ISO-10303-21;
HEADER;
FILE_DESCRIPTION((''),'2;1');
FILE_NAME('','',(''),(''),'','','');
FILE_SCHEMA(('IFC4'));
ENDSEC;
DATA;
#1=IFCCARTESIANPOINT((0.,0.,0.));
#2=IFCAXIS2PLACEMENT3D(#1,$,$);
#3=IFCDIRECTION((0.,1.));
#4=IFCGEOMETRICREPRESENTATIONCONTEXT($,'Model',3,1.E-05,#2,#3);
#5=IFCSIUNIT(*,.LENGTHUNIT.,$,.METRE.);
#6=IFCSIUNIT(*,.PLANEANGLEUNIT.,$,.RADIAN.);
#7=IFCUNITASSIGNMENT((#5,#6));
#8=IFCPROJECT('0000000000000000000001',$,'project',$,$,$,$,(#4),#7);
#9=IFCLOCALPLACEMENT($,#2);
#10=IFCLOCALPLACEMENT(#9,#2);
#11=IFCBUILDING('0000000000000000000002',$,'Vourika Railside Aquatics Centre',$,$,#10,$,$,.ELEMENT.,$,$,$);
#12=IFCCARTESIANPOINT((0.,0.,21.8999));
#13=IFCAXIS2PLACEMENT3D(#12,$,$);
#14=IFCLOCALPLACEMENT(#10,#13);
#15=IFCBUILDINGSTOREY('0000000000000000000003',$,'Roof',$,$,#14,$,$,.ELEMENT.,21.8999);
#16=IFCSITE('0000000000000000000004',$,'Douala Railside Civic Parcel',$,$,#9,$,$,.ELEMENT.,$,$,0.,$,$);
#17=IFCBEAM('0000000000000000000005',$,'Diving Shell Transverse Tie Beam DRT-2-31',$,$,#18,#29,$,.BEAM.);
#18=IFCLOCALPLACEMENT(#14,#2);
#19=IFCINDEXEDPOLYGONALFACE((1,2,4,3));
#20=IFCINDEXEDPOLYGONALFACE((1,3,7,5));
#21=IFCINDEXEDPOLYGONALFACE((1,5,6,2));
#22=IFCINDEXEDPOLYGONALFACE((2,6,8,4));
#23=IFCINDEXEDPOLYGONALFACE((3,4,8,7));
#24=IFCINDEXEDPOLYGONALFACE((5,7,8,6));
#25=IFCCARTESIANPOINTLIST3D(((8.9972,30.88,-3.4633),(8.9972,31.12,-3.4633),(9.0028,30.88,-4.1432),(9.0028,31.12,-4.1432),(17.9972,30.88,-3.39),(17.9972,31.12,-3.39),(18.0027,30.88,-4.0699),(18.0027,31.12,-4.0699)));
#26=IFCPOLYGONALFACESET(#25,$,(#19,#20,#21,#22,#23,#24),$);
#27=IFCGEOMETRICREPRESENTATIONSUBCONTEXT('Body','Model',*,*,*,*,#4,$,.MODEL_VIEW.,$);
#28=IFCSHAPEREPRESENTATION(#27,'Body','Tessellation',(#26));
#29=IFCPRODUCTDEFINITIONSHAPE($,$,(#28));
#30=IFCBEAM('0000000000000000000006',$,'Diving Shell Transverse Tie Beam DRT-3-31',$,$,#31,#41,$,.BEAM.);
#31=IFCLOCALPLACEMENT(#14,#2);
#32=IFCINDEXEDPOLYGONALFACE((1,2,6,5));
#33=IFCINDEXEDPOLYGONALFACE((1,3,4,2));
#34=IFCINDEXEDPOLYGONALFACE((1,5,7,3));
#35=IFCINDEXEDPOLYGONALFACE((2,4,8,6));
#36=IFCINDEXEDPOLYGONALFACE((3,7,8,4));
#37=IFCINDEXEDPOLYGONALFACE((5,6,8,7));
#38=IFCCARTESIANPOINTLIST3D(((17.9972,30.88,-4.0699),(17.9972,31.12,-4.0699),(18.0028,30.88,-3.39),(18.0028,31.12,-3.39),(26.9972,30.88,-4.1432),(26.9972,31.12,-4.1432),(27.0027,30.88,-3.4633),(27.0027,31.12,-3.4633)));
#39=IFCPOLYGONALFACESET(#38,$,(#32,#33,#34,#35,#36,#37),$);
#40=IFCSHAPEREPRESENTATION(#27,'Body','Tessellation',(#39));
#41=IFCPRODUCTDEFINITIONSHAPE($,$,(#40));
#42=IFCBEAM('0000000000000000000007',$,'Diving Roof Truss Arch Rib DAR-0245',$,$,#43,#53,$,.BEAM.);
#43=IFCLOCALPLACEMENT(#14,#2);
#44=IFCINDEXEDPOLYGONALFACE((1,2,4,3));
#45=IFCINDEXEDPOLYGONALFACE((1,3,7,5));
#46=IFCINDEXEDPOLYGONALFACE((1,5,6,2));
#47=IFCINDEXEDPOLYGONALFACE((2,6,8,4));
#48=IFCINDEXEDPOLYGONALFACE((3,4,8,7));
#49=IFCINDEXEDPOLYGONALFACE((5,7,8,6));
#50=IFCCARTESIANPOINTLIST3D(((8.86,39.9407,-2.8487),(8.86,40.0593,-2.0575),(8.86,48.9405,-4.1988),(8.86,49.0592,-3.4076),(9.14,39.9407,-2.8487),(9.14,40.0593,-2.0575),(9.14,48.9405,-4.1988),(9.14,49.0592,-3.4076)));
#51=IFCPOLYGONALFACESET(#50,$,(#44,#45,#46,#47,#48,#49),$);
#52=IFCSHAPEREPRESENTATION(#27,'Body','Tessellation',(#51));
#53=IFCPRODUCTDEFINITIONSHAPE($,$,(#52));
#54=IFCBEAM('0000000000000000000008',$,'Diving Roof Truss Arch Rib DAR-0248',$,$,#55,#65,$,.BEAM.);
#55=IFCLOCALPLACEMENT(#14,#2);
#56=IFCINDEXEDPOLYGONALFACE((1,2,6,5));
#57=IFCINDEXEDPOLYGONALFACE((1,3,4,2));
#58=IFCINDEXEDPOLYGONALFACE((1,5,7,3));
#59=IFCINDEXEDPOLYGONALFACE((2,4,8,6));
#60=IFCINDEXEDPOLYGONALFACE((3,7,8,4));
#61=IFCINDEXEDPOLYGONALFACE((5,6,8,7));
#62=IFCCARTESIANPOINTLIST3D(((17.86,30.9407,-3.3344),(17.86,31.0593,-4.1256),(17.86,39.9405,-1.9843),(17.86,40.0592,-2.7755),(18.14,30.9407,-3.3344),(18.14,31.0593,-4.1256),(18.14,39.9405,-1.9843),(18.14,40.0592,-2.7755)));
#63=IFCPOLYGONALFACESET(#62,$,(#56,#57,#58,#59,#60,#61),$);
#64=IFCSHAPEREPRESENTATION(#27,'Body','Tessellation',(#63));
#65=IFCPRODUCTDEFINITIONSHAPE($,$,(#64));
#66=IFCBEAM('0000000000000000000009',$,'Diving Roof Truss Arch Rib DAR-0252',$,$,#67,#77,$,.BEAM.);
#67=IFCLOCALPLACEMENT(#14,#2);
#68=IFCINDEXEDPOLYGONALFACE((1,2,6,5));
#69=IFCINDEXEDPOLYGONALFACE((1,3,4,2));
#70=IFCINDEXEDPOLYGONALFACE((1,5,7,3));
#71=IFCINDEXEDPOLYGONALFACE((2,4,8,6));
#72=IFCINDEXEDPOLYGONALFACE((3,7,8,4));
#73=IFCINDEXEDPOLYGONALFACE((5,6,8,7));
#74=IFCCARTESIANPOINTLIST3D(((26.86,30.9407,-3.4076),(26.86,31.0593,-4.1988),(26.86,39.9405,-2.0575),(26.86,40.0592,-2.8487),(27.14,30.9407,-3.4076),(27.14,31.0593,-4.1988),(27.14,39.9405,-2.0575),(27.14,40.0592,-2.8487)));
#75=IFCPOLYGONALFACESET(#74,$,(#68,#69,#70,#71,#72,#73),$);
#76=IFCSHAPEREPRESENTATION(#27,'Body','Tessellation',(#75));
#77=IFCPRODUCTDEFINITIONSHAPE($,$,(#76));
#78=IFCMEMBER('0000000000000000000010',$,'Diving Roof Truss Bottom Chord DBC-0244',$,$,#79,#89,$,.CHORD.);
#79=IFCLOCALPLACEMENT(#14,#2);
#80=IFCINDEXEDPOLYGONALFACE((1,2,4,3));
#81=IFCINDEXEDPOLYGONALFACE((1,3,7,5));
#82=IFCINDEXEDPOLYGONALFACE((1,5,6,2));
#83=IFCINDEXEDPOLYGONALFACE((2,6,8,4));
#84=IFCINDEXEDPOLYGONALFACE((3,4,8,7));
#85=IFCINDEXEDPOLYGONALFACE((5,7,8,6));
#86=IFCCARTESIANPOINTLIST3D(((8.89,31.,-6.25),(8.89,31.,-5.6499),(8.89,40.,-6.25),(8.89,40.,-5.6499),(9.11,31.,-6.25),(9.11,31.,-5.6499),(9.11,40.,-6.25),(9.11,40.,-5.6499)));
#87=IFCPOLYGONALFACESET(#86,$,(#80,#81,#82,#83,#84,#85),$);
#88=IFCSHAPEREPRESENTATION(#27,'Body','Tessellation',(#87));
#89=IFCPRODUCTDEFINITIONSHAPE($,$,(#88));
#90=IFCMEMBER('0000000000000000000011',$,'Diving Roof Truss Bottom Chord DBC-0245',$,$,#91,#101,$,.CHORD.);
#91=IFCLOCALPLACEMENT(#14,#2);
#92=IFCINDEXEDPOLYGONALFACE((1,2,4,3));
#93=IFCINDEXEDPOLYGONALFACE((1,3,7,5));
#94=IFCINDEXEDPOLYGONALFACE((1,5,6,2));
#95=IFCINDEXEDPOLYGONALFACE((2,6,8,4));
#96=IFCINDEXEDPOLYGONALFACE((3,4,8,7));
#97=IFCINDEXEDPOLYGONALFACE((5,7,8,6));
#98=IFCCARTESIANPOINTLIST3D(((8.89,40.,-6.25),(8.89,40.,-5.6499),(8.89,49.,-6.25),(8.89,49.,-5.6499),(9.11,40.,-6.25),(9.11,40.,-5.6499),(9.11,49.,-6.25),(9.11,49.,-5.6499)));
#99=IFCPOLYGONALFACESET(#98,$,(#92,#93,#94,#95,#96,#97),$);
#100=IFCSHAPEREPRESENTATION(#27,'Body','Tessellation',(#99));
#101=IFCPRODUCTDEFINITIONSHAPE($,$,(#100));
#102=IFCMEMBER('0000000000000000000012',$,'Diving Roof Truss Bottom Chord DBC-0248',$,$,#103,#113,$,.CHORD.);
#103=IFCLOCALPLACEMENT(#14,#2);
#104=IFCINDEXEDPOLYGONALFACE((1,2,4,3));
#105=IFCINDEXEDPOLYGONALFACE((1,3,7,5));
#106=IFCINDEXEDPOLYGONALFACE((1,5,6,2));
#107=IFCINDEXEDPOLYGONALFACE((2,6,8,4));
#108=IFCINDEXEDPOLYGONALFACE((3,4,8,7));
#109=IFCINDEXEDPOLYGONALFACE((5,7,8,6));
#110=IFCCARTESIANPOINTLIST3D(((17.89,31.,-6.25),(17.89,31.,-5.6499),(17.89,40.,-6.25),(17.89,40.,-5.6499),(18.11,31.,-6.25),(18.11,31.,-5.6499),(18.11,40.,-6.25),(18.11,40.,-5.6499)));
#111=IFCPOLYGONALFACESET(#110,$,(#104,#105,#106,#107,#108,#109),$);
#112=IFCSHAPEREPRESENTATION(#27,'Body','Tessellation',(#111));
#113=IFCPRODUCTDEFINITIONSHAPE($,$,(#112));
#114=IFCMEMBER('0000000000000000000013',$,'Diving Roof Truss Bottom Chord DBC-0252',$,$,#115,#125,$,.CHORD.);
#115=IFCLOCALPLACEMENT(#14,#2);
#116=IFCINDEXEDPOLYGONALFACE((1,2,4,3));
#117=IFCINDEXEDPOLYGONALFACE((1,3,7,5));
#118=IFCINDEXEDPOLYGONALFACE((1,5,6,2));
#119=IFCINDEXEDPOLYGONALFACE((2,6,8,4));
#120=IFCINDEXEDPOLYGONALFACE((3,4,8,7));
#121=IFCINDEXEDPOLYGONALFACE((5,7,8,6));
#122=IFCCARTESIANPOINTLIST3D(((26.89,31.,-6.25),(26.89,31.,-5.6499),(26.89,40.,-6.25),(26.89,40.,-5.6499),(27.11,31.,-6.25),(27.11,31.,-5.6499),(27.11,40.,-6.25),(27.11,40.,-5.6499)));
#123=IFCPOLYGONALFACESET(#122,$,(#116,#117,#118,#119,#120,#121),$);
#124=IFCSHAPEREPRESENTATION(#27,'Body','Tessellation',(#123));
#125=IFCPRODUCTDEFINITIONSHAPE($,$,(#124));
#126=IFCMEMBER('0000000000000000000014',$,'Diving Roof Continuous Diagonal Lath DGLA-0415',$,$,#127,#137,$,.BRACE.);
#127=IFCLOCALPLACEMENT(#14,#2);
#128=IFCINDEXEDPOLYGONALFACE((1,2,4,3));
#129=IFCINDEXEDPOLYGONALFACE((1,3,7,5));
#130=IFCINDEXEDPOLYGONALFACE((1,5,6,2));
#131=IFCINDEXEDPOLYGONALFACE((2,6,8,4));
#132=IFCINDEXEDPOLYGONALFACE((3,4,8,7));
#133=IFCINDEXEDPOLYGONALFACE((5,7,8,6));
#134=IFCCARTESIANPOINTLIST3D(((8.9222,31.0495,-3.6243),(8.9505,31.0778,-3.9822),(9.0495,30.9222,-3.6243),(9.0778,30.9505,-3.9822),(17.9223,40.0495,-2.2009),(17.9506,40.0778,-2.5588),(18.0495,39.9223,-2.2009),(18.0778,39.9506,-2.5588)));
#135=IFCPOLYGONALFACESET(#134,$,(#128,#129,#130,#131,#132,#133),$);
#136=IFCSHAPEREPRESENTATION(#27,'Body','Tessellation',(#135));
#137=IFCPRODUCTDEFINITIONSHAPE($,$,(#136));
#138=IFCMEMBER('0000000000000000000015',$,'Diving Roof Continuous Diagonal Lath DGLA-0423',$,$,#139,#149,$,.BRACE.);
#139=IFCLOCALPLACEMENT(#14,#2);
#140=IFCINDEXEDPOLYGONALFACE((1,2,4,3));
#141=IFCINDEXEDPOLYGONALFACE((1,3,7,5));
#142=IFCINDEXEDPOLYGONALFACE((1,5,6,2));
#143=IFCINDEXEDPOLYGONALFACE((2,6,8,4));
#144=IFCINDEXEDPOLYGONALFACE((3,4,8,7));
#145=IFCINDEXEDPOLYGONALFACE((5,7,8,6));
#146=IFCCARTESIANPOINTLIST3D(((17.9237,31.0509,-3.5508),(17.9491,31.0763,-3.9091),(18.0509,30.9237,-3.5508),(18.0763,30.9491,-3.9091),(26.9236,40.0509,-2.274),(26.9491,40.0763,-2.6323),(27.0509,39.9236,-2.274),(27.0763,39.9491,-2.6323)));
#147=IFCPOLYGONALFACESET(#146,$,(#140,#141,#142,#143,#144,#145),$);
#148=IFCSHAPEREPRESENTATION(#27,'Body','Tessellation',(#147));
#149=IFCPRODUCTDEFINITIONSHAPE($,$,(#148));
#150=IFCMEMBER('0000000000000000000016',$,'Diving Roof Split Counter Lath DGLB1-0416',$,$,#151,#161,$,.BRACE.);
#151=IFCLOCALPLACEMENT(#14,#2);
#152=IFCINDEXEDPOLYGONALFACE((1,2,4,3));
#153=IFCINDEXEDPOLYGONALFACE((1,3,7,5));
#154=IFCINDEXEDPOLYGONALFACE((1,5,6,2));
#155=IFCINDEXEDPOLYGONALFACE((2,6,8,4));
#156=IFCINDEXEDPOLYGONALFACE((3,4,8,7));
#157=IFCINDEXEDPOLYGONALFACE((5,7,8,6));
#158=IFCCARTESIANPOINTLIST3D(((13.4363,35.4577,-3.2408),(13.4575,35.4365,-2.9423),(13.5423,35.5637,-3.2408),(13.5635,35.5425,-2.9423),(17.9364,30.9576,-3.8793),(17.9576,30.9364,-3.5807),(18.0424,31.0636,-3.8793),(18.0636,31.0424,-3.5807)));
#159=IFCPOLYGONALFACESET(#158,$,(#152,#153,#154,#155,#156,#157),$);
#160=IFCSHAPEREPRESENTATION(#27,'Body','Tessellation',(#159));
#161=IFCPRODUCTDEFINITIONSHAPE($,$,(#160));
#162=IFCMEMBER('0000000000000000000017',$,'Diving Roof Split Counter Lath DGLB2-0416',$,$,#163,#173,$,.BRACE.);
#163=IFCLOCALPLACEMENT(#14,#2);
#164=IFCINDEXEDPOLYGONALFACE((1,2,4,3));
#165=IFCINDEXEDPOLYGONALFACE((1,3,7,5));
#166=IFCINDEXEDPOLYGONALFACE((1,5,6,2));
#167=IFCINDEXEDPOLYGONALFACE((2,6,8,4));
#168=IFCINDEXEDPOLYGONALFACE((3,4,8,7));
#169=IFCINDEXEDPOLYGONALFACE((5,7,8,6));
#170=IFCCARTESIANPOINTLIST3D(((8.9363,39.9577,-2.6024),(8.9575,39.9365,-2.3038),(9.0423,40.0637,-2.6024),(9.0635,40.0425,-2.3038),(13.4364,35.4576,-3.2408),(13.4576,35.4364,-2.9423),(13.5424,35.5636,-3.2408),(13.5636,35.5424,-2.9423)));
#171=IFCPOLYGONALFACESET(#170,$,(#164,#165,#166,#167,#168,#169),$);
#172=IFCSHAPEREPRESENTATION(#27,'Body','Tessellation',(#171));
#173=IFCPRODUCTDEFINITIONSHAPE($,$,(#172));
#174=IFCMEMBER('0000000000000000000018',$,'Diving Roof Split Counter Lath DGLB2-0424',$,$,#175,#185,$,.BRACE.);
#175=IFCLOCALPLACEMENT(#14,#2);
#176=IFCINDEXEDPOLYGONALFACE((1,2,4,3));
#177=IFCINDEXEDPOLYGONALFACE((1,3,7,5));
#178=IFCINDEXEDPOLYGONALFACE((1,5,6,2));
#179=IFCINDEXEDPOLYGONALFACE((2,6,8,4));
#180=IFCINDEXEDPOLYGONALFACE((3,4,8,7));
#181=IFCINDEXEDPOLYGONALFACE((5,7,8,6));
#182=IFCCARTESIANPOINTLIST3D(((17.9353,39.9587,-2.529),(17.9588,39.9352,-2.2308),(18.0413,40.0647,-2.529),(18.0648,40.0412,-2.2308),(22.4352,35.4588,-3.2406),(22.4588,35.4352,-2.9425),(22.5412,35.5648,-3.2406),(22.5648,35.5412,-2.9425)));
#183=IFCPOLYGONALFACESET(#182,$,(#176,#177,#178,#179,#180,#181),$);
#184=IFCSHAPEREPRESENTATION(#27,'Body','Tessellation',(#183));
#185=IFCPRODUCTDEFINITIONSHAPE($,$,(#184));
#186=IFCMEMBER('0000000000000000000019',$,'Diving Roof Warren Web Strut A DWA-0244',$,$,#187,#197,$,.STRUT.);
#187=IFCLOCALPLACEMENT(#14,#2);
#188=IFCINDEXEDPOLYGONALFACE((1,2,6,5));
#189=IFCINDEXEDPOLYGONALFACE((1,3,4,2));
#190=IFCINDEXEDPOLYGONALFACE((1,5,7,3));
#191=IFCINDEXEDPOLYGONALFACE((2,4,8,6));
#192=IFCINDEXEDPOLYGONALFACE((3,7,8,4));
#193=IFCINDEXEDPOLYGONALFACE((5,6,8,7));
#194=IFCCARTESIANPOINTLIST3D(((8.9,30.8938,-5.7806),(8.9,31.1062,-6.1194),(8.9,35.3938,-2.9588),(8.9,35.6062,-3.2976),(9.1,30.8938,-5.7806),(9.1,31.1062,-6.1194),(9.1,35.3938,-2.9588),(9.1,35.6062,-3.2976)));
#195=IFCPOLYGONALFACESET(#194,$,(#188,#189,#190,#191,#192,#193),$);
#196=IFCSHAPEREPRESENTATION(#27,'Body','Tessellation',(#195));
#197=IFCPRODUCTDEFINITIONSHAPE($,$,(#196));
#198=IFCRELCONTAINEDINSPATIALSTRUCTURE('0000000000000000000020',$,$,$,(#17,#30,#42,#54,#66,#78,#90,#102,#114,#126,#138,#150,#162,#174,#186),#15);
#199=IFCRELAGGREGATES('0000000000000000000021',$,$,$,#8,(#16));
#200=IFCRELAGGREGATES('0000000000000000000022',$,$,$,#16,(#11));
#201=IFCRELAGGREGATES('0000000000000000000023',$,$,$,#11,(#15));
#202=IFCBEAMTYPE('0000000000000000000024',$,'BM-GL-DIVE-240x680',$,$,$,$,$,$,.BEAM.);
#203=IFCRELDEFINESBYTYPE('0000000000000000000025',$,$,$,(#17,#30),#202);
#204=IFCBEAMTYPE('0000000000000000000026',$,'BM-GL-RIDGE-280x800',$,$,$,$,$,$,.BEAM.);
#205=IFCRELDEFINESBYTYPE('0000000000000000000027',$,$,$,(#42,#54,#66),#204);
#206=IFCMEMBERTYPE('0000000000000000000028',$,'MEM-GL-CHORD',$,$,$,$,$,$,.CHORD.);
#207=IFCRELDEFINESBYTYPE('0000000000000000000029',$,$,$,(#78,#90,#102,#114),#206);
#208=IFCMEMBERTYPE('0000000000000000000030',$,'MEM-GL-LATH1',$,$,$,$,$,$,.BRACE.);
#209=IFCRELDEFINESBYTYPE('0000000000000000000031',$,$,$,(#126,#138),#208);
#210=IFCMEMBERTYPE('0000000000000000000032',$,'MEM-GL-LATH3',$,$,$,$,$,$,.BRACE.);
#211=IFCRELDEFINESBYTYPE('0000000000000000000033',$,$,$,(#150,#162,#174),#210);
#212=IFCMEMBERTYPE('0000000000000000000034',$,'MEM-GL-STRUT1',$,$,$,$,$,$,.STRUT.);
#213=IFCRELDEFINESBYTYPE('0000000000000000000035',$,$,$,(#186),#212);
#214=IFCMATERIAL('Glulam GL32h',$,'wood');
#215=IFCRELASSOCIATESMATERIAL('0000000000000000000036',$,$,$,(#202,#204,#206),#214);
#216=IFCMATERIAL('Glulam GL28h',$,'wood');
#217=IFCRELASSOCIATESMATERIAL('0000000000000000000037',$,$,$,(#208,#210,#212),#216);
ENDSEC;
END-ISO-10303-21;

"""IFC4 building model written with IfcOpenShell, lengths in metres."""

from ifc_helpers import new_model, si_unit, direction, frame, origin, origin_2d, place, context, subcontext, project, spatial, rectangle, extrude, material, material_profile, profile_set, type_object, element, save


model = new_model("IFC4")

# Units and contexts
model_context = context("Model", 3, precision=1e-05, world=origin(), true_north=direction((0.0, 1.0)))
body_context = subcontext(model_context, "Body", "Model", "MODEL_VIEW")
ifc_project = project(units=[si_unit("LENGTHUNIT", "METRE"), si_unit("PLANEANGLEUNIT", "RADIAN")], contexts=[model_context])

# Site, building, storey
site_placement = place(None, origin())
site = spatial("IfcSite", under=ifc_project, at=site_placement, Name="Douala Railside Civic Parcel", CompositionType="ELEMENT", RefElevation=0.0)
building_placement = place(site_placement, origin())
building = spatial("IfcBuilding", under=site, at=building_placement, Name="Vourika Railside Aquatics Centre", CompositionType="ELEMENT")
storey_placement = place(building_placement, frame((0.0, 0.0, 21.8999)))
storey = spatial("IfcBuildingStorey", under=building, at=storey_placement, Name="Roof", CompositionType="ELEMENT", Elevation=21.8999)

# Beams
ifc_material_1 = material(Name="Glulam GL32h", Category="wood")
ifc_material_profile_1 = material_profile(ifc_material_1, rectangle(XDim=0.24, YDim=0.6799, at=origin_2d()), Name="GL32h 240x680")
ifc_profile_set_1 = profile_set([ifc_material_profile_1], Name="Glulam GL32h")
beam_type_1 = type_object("IfcBeamType", Name="BM-GL-DIVE-240x680", PredefinedType="BEAM", material=ifc_profile_set_1)
for number, where, z_axis, x_axis, name in (
    (1, (9.0, 31.0, -3.8032), (0.999967, 0.0, 0.008138), (0.0, 1.0, 0.0), "Diving Shell Transverse Tie Beam DRT-2-31"),
    (2, (18.0, 31.0, -3.73), (0.999967, 0.0, -0.008138), (0.0, 1.0, 0.0), "Diving Shell Transverse Tie Beam DRT-3-31"),
):
    element("IfcBeam", number, at=place(storey_placement, frame(where, z_axis=z_axis, x_axis=x_axis)), inside=storey, type_object=beam_type_1, Name=name, PredefinedType="BEAM", context=body_context, shape_type="SweptSolid", body=[
        extrude(rectangle(XDim=0.24, YDim=0.6799, at=origin_2d()), origin(), (0.0, 0.0, 1.0), 9.0002),
    ])
ifc_material_profile_2 = material_profile(ifc_material_1, rectangle(XDim=0.28, YDim=0.8, at=origin_2d()), Name="GL32h 280x800")
ifc_profile_set_2 = profile_set([ifc_material_profile_2], Name="Glulam GL32h")
beam_type_2 = type_object("IfcBeamType", Name="BM-GL-RIDGE-280x800", PredefinedType="BEAM", material=ifc_profile_set_2)
for number, where, z_axis, x_axis, name in (
    (3, (9.0, 40.0, -2.4531), (0.0, 0.988935, -0.148351), (-1.0, 0.0, 0.0), "Diving Roof Truss Arch Rib DAR-0245"),
    (4, (18.0, 31.0, -3.73), (0.0, 0.988935, 0.148351), (-1.0, 0.0, 0.0), "Diving Roof Truss Arch Rib DAR-0248"),
    (5, (27.0, 31.0, -3.8032), (0.0, 0.988935, 0.148351), (-1.0, 0.0, 0.0), "Diving Roof Truss Arch Rib DAR-0252"),
):
    element("IfcBeam", number, at=place(storey_placement, frame(where, z_axis=z_axis, x_axis=x_axis)), inside=storey, type_object=beam_type_2, Name=name, PredefinedType="BEAM", context=body_context, shape_type="SweptSolid", body=[
        extrude(rectangle(XDim=0.28, YDim=0.8, at=origin_2d()), origin(), (0.0, 0.0, 1.0), 9.1006),
    ])

# Members
ifc_material_profile_3 = material_profile(ifc_material_1, rectangle(XDim=0.22, YDim=0.6001, at=origin_2d()), Name="GL32h 220x600")
ifc_profile_set_3 = profile_set([ifc_material_profile_3], Name="Glulam GL32h")
member_type_1 = type_object("IfcMemberType", Name="MEM-GL-CHORD", PredefinedType="CHORD", material=ifc_profile_set_3)
for number, where, z_axis, x_axis, name in (
    (6, (9.0, 31.0, -5.95), (0.0, 1.0, 0.0), (-1.0, 0.0, 0.0), "Diving Roof Truss Bottom Chord DBC-0244"),
    (7, (9.0, 40.0, -5.95), (0.0, 1.0, 0.0), (-1.0, 0.0, 0.0), "Diving Roof Truss Bottom Chord DBC-0245"),
    (8, (18.0, 31.0, -5.95), (0.0, 1.0, 0.0), (-1.0, 0.0, 0.0), "Diving Roof Truss Bottom Chord DBC-0248"),
    (9, (27.0, 31.0, -5.95), (0.0, 1.0, 0.0), (-1.0, 0.0, 0.0), "Diving Roof Truss Bottom Chord DBC-0252"),
):
    element("IfcMember", number, at=place(storey_placement, frame(where, z_axis=z_axis, x_axis=x_axis)), inside=storey, type_object=member_type_1, Name=name, PredefinedType="CHORD", context=body_context, shape_type="SweptSolid", body=[
        extrude(rectangle(XDim=0.22, YDim=0.6001, at=origin_2d()), origin(), (0.0, 0.0, 1.0), 9.0),
    ])
ifc_material_2 = material(Name="Glulam GL28h", Category="wood")
ifc_material_profile_4 = material_profile(ifc_material_2, rectangle(XDim=0.1799, YDim=0.3601, at=origin_2d()), Name="GL28h 180x360")
ifc_profile_set_4 = profile_set([ifc_material_profile_4], Name="Glulam GL28h")
member_type_2 = type_object("IfcMemberType", Name="MEM-GL-LATH1", PredefinedType="BRACE", material=ifc_profile_set_4)
member_1_placement = place(storey_placement, frame((9.0, 31.0, -3.8032), z_axis=(0.702726, 0.702726, 0.111135), x_axis=(-0.707107, 0.707107, 0.0)))
element("IfcMember", 10, at=member_1_placement, inside=storey, type_object=member_type_2, Name="Diving Roof Continuous Diagonal Lath DGLA-0415", PredefinedType="BRACE", context=body_context, shape_type="SweptSolid", body=[
    extrude(rectangle(XDim=0.1799, YDim=0.3601, at=origin_2d()), origin(), (0.0, 0.0, 1.0), 12.8074),
])
member_2_placement = place(storey_placement, frame((18.0, 31.0, -3.73), z_axis=(0.703575, 0.703575, 0.099818), x_axis=(-0.707107, 0.707107, 0.0)))
element("IfcMember", 11, at=member_2_placement, inside=storey, type_object=member_type_2, Name="Diving Roof Continuous Diagonal Lath DGLA-0423", PredefinedType="BRACE", context=body_context, shape_type="SweptSolid", body=[
    extrude(rectangle(XDim=0.1799, YDim=0.3601, at=origin_2d()), origin(), (0.0, 0.0, 1.0), 12.7917),
])
ifc_material_profile_5 = material_profile(ifc_material_2, rectangle(XDim=0.1499, YDim=0.3, at=origin_2d()), Name="GL28h 150x300")
ifc_profile_set_5 = profile_set([ifc_material_profile_5], Name="Glulam GL28h")
member_type_3 = type_object("IfcMemberType", Name="MEM-GL-LATH3", PredefinedType="BRACE", material=ifc_profile_set_5)
for number, where, z_axis, x_axis, name in (
    (12, (18.0, 31.0, -3.73), (-0.703575, 0.703575, 0.099818), (-0.707107, -0.707107, 0.0), "Diving Roof Split Counter Lath DGLB1-0416"),
    (13, (13.5, 35.5, -3.0916), (-0.703575, 0.703575, 0.099818), (-0.707107, -0.707107, 0.0), "Diving Roof Split Counter Lath DGLB2-0416"),
):
    element("IfcMember", number, at=place(storey_placement, frame(where, z_axis=z_axis, x_axis=x_axis)), inside=storey, type_object=member_type_3, Name=name, PredefinedType="BRACE", context=body_context, shape_type="SweptSolid", body=[
        extrude(rectangle(XDim=0.1499, YDim=0.3, at=origin_2d()), origin(), (0.0, 0.0, 1.0), 6.396),
    ])
member_3_placement = place(storey_placement, frame((22.5, 35.5, -3.0916), z_axis=(-0.702726, 0.702726, 0.111135), x_axis=(-0.707107, -0.707107, 0.0)))
element("IfcMember", 14, at=member_3_placement, inside=storey, type_object=member_type_3, Name="Diving Roof Split Counter Lath DGLB2-0424", PredefinedType="BRACE", context=body_context, shape_type="SweptSolid", body=[
    extrude(rectangle(XDim=0.1499, YDim=0.3, at=origin_2d()), origin(), (0.0, 0.0, 1.0), 6.4036),
])
ifc_material_profile_6 = material_profile(ifc_material_2, rectangle(XDim=0.2, YDim=0.3999, at=origin_2d()), Name="GL28h 200x400")
ifc_profile_set_6 = profile_set([ifc_material_profile_6], Name="Glulam GL28h")
member_type_4 = type_object("IfcMemberType", Name="MEM-GL-STRUT1", PredefinedType="STRUT", material=ifc_profile_set_6)
for number, where, z_axis, x_axis, name in (
    (15, (9.0, 31.0, -5.95), (0.0, 0.847212, 0.531254), (-1.0, 0.0, 0.0), "Diving Roof Warren Web Strut A DWA-0244"),
):
    element("IfcMember", number, at=place(storey_placement, frame(where, z_axis=z_axis, x_axis=x_axis)), inside=storey, type_object=member_type_4, Name=name, PredefinedType="STRUT", context=body_context, shape_type="SweptSolid", body=[
        extrude(rectangle(XDim=0.2, YDim=0.3999, at=origin_2d()), origin(), (0.0, 0.0, 1.0), 5.3115),
    ])

save(model, "model.ifc")
